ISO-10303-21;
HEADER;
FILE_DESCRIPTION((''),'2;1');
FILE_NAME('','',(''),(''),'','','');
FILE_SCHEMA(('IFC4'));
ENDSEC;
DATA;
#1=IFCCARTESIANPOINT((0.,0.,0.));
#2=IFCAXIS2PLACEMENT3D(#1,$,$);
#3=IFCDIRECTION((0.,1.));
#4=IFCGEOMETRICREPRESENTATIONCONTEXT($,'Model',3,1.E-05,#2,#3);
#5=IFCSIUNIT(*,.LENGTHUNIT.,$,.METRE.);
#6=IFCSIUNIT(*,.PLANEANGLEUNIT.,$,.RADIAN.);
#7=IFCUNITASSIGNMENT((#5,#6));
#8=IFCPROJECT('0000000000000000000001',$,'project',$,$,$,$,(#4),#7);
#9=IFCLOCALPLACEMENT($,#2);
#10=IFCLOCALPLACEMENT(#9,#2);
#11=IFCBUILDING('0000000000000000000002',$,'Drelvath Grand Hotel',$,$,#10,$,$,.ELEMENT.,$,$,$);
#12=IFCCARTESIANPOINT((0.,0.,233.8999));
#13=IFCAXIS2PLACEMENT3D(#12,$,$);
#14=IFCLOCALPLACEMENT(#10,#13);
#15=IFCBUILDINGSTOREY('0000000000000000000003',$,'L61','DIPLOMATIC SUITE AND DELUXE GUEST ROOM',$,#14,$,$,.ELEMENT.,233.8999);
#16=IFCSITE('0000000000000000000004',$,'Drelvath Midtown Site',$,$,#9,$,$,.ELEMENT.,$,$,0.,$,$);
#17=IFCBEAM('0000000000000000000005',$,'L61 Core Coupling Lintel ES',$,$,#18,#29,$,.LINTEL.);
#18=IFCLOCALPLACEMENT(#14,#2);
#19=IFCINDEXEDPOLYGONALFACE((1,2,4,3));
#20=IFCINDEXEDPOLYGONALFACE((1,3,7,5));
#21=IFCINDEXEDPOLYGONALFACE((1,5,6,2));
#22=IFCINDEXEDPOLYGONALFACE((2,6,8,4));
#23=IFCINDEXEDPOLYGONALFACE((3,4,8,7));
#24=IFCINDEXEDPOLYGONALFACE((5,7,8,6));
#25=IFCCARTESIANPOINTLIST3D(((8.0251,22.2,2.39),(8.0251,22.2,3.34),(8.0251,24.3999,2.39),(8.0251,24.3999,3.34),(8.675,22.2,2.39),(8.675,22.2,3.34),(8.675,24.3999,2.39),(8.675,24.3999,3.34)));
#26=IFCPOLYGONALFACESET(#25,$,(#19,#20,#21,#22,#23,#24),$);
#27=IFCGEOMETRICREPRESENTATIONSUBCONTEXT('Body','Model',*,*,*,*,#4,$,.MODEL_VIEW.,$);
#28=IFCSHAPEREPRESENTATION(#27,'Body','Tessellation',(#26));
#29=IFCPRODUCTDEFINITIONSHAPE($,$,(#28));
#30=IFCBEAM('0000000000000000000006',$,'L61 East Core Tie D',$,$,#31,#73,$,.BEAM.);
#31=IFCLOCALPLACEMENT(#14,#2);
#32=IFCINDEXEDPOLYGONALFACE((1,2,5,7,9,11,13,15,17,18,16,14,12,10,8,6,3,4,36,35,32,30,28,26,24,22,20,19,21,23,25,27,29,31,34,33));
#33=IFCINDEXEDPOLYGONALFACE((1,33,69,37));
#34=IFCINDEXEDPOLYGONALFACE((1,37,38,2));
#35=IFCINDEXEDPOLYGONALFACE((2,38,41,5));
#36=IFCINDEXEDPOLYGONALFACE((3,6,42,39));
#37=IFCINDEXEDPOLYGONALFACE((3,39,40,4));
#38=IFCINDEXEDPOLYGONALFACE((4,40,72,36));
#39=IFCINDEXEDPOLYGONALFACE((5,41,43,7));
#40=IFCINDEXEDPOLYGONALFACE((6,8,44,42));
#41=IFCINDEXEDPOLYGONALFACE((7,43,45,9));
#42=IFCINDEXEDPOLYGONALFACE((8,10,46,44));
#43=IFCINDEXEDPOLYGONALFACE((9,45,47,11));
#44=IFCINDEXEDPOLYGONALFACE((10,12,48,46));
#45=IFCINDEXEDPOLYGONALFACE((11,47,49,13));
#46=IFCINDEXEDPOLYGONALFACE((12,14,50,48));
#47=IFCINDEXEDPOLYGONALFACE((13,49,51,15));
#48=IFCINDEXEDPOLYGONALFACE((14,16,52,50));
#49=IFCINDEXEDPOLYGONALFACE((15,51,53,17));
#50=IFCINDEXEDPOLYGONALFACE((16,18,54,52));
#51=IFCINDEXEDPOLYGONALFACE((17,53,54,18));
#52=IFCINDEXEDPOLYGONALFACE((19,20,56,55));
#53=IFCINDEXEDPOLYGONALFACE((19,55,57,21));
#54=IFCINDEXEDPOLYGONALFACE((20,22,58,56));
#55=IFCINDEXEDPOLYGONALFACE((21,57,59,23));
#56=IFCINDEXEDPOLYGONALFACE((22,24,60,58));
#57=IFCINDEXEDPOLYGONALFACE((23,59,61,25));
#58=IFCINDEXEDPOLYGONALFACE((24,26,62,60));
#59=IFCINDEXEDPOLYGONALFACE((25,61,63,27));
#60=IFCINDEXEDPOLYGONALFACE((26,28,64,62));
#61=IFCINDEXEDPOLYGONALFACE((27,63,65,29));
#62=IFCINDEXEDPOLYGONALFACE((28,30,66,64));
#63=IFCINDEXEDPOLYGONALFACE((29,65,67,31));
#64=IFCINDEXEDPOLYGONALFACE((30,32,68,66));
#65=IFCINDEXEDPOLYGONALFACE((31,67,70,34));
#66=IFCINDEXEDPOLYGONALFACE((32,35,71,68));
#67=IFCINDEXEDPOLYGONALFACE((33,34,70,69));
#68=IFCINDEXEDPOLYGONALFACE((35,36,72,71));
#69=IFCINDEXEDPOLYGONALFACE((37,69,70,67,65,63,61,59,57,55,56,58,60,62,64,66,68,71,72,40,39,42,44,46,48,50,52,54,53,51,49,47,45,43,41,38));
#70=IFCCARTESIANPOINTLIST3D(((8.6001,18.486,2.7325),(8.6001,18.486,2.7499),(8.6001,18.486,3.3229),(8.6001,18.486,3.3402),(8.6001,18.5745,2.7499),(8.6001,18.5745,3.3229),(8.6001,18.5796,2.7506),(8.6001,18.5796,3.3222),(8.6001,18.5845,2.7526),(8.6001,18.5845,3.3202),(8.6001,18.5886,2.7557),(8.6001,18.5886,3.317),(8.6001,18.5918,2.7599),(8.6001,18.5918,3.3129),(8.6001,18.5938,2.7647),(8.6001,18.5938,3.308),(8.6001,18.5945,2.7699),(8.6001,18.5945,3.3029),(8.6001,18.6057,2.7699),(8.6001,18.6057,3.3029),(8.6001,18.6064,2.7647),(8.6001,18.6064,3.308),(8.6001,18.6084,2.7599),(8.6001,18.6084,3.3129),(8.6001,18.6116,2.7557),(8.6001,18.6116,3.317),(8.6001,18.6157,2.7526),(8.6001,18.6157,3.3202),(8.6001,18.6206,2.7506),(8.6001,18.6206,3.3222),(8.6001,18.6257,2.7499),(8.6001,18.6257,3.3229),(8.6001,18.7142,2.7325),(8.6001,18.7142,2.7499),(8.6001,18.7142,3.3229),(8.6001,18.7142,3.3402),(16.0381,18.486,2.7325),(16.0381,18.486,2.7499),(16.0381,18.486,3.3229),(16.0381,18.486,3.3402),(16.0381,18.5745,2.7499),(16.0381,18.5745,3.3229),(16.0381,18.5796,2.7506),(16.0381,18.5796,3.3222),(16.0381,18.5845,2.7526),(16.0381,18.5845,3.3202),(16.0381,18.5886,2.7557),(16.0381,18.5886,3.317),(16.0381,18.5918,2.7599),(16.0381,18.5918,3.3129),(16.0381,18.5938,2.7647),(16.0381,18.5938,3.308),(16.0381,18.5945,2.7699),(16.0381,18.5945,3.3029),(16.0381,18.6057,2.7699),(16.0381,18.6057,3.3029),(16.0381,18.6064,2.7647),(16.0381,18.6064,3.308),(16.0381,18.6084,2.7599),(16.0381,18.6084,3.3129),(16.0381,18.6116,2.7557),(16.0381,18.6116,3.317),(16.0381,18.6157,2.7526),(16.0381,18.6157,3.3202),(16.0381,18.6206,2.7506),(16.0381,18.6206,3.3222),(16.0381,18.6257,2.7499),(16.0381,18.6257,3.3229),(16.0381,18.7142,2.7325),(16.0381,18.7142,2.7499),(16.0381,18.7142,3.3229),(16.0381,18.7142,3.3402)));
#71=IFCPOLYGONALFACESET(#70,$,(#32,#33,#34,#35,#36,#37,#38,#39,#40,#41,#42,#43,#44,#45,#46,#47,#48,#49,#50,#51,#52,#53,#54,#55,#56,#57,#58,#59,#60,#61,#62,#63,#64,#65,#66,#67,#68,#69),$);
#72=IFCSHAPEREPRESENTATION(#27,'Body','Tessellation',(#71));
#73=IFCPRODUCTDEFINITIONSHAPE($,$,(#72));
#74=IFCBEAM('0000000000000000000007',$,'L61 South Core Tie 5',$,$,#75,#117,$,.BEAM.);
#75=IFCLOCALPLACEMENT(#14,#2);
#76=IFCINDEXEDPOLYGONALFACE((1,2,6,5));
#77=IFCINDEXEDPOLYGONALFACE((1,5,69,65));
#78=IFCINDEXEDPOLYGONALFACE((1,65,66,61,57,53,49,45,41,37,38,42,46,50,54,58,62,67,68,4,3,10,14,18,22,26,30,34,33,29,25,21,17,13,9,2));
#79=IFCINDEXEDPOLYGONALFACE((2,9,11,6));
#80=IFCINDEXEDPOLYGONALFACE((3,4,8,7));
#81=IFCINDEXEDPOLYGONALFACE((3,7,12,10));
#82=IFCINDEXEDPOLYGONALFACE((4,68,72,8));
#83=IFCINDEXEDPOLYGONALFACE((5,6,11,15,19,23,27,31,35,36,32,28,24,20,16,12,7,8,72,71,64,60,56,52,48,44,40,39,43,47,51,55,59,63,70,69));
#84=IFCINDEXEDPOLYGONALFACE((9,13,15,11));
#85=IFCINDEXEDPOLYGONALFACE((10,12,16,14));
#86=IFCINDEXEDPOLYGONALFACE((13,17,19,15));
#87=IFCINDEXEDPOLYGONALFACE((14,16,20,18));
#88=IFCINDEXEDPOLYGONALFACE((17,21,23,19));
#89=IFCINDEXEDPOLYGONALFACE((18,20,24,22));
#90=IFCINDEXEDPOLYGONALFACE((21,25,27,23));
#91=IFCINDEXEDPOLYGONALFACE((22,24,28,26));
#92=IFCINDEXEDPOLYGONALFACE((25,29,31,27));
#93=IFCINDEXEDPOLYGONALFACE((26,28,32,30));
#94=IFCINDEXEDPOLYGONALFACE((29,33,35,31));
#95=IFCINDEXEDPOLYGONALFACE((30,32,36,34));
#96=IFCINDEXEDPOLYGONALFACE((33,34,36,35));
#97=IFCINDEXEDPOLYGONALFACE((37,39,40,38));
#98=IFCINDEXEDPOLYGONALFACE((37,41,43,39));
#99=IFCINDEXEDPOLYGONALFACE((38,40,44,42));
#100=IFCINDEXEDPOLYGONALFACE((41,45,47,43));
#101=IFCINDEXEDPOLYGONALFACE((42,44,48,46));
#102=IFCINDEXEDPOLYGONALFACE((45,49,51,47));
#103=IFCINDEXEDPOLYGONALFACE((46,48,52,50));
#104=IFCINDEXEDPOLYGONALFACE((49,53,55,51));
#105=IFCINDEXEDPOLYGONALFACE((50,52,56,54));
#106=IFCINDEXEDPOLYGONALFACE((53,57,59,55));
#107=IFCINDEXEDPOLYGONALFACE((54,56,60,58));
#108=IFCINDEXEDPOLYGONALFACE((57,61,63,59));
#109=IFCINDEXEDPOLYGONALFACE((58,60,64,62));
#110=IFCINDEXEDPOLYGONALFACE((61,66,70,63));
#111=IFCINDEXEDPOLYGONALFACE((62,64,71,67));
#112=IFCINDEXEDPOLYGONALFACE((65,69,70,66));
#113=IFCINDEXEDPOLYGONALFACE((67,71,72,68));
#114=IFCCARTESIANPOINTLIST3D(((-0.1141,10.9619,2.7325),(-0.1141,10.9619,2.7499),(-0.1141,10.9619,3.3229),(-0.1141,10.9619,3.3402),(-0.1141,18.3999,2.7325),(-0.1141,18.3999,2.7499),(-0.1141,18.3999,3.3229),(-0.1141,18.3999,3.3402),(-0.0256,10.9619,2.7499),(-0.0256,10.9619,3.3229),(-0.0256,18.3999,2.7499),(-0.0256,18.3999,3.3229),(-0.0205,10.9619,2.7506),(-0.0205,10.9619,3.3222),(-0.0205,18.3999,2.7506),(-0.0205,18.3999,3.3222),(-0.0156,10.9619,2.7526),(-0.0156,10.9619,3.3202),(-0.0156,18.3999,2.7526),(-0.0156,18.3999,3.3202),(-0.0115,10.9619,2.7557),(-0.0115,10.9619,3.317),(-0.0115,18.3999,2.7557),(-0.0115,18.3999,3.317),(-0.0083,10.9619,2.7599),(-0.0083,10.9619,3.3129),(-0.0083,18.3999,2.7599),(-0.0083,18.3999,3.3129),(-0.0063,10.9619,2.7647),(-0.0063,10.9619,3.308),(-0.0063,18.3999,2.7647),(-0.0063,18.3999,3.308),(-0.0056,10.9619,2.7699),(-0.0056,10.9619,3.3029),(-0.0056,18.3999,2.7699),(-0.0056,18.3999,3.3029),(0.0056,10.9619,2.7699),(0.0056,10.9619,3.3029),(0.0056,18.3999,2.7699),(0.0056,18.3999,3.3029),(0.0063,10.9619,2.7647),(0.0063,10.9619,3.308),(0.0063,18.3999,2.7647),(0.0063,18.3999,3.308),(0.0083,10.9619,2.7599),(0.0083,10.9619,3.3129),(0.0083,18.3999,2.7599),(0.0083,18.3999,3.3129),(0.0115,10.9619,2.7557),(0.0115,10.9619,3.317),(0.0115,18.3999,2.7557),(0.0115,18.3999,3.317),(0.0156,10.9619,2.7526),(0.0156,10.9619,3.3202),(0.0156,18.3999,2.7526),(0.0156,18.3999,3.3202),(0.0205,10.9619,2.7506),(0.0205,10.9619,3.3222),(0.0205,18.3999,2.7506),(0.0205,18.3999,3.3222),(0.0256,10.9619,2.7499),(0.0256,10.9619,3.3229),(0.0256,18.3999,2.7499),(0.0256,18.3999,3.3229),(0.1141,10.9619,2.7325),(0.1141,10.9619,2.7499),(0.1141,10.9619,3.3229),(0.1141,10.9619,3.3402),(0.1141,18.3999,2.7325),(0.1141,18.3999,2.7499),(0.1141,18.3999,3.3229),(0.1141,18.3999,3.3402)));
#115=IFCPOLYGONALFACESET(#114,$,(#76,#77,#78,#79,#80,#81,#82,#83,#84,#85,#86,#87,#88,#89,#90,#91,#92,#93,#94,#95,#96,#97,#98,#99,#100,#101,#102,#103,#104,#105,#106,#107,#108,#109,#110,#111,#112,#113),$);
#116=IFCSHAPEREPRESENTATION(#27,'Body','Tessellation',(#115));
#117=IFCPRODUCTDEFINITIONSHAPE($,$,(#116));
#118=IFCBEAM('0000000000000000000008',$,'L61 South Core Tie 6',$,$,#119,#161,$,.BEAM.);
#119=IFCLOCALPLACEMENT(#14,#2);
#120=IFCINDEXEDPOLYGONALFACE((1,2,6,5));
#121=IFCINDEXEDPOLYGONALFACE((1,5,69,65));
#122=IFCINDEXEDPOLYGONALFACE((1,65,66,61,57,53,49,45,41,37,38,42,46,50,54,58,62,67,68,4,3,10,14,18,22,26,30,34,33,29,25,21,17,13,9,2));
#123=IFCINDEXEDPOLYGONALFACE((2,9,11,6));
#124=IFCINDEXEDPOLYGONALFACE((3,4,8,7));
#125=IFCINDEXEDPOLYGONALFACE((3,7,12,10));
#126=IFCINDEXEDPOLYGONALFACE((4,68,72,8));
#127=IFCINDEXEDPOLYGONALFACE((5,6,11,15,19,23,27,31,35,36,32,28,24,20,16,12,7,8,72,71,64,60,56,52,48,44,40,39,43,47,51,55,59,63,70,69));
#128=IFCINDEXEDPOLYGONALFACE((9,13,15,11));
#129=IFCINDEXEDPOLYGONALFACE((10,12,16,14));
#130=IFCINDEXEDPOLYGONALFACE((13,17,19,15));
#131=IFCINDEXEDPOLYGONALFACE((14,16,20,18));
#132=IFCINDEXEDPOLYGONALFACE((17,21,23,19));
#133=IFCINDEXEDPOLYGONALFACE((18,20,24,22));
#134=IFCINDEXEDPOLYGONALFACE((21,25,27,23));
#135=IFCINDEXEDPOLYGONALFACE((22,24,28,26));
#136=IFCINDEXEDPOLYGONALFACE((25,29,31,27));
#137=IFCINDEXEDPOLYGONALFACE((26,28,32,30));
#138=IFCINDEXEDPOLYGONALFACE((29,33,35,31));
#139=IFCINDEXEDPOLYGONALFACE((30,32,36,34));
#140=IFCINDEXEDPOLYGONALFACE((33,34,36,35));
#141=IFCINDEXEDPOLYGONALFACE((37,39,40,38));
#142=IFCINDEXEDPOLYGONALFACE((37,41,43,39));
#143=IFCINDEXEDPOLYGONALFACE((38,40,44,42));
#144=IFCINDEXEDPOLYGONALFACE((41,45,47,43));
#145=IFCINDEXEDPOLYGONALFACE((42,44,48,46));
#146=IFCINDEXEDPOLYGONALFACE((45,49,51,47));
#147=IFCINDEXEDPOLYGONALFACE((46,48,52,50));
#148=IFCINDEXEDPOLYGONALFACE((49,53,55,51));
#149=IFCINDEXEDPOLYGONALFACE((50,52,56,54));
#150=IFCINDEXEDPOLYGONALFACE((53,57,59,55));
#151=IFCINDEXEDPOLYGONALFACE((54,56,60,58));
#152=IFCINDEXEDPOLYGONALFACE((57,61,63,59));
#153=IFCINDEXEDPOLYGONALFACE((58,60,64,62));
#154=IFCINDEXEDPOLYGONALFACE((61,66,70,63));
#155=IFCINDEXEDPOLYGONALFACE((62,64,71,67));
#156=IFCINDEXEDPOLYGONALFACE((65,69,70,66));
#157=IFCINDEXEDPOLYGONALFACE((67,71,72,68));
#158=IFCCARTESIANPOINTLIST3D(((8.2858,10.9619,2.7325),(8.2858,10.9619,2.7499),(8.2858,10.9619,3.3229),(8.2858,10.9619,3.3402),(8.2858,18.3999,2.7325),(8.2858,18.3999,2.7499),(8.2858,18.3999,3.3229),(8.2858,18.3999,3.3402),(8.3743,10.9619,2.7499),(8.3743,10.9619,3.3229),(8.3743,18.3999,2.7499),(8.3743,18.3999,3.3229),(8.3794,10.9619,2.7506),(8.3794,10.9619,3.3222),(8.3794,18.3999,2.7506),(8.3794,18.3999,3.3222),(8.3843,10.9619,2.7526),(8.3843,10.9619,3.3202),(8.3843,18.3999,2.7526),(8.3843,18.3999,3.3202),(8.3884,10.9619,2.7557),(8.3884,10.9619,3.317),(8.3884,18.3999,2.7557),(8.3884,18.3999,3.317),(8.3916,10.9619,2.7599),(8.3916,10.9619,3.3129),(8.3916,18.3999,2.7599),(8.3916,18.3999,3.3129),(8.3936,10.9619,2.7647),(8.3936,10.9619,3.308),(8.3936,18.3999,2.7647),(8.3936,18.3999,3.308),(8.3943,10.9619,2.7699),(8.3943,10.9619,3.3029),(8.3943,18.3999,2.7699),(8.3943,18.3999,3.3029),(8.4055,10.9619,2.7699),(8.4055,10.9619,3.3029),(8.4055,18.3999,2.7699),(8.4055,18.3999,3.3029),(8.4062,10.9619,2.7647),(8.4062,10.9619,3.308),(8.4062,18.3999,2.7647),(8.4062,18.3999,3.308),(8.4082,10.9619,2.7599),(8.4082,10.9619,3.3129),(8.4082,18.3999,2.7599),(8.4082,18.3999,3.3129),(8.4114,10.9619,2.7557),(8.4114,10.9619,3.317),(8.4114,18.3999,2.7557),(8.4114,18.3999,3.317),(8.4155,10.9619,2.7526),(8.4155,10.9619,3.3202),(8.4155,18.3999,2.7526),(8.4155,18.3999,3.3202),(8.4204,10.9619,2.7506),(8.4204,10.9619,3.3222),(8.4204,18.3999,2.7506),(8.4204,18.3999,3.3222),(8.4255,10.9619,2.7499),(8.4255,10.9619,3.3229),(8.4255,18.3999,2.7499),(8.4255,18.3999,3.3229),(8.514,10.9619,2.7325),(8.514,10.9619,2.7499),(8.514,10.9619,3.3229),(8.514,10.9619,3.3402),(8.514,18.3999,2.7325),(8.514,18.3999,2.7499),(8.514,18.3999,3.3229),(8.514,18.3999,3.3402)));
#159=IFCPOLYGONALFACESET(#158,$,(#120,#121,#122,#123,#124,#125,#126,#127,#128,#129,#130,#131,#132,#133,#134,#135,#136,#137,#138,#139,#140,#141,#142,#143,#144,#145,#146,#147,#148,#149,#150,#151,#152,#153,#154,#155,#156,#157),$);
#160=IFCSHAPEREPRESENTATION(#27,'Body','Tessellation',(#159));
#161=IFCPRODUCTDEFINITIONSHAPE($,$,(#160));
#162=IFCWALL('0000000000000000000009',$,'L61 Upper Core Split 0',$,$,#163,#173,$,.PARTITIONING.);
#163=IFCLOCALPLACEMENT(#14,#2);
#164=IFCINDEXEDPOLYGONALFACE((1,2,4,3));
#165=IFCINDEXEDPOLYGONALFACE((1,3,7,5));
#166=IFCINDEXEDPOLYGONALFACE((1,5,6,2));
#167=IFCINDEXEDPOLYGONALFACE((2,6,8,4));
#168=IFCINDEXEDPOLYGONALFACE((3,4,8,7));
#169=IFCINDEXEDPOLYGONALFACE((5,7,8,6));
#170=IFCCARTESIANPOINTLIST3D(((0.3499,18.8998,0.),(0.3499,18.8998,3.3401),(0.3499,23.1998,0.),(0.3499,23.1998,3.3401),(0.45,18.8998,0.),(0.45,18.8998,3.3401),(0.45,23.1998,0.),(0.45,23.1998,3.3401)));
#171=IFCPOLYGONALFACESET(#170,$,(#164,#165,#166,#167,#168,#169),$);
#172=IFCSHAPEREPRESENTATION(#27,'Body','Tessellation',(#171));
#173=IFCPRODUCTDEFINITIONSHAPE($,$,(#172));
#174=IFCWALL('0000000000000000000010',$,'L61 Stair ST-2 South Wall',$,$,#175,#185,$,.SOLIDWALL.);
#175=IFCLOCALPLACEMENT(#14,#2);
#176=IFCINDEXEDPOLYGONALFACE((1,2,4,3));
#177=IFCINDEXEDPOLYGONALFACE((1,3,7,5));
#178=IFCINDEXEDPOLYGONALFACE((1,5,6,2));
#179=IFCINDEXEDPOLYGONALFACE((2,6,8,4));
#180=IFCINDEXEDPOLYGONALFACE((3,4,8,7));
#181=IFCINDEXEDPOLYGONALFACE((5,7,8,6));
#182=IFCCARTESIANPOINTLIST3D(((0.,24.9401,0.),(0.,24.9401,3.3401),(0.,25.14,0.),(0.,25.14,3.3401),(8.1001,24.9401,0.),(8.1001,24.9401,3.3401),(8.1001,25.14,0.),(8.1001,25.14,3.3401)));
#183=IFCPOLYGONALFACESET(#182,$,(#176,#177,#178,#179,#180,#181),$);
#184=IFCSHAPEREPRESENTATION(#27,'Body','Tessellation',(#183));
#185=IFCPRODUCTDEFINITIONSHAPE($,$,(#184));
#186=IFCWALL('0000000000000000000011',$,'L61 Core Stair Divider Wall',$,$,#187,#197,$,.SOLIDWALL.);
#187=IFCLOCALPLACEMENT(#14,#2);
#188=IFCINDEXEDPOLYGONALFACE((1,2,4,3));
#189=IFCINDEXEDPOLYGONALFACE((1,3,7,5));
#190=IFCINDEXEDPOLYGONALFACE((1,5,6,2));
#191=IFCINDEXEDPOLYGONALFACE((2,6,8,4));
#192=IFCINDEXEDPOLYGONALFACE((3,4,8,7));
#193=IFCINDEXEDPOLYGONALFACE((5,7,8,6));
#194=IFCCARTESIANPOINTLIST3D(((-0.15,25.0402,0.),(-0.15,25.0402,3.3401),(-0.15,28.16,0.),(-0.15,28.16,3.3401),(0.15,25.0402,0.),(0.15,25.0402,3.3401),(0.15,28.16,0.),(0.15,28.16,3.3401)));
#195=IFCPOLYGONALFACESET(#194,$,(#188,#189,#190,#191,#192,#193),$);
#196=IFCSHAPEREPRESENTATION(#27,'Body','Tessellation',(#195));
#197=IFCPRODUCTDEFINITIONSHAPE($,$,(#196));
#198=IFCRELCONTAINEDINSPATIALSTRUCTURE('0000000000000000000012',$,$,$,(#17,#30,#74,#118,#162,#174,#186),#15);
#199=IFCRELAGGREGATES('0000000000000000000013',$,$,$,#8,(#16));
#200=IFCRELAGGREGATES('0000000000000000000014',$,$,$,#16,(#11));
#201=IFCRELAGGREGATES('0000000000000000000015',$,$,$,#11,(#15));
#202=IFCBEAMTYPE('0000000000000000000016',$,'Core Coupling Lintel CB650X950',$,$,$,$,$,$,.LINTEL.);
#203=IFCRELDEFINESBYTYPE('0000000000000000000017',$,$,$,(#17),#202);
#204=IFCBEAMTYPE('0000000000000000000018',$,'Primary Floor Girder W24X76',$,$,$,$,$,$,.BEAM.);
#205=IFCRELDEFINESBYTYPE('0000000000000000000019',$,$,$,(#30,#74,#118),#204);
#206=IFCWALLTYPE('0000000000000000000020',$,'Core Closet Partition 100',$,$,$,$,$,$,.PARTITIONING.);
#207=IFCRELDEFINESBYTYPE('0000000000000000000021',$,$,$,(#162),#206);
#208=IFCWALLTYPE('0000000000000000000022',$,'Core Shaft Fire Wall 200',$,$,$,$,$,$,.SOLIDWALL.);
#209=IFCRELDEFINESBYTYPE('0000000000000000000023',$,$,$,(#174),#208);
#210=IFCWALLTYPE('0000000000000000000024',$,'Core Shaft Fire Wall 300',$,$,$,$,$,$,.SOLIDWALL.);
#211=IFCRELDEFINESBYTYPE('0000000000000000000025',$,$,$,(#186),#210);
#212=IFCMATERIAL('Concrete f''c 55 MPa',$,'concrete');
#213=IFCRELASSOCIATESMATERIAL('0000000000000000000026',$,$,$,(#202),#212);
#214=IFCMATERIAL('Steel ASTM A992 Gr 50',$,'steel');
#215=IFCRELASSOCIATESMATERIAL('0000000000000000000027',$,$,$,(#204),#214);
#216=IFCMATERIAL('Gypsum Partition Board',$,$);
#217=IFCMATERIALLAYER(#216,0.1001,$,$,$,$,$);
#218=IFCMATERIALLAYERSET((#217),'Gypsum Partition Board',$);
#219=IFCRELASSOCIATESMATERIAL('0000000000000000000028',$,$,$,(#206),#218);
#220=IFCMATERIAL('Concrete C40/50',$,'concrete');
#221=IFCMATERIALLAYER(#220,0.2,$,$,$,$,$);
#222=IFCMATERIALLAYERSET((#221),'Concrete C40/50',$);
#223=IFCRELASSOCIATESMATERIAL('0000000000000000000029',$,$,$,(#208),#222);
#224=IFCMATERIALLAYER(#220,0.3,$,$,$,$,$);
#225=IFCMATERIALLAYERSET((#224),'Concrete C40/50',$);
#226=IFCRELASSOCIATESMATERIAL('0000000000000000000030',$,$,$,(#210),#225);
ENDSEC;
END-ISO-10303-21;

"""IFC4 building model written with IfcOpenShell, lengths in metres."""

from ifc_helpers import new_model, si_unit, direction, frame, frame_2d, origin, origin_2d, place, context, subcontext, project, spatial, rectangle, i_section, extrude, material, layer, layer_set, material_profile, profile_set, type_object, element, save


model = new_model("IFC4")

# Units and contexts
model_context = context("Model", 3, precision=1e-05, world=origin(), true_north=direction((0.0, 1.0)))
body_context = subcontext(model_context, "Body", "Model", "MODEL_VIEW")
ifc_project = project(units=[si_unit("LENGTHUNIT", "METRE"), si_unit("PLANEANGLEUNIT", "RADIAN")], contexts=[model_context])

# Site, building, storey
site_placement = place(None, origin())
site = spatial("IfcSite", under=ifc_project, at=site_placement, Name="Drelvath Midtown Site", CompositionType="ELEMENT", RefElevation=0.0)
building_placement = place(site_placement, origin())
building = spatial("IfcBuilding", under=site, at=building_placement, Name="Drelvath Grand Hotel", CompositionType="ELEMENT")
storey_placement = place(building_placement, frame((0.0, 0.0, 233.8999)))
storey = spatial("IfcBuildingStorey", under=building, at=storey_placement, Name="L61", Description="DIPLOMATIC SUITE AND DELUXE GUEST ROOM", CompositionType="ELEMENT", Elevation=233.8999)

# Beams
ifc_material_1 = material(Name="Concrete f'c 55 MPa", Category="concrete")
ifc_material_profile_1 = material_profile(ifc_material_1, rectangle(XDim=0.6499, YDim=0.95, at=origin_2d()), Name="CB650X950")
ifc_profile_set_1 = profile_set([ifc_material_profile_1], Name="Concrete f'c 55 MPa")
beam_type_1 = type_object("IfcBeamType", Name="Core Coupling Lintel CB650X950", PredefinedType="LINTEL", material=ifc_profile_set_1)
beam_placement = place(storey_placement, frame((8.3501, 22.2, 2.865), z_axis=(0.0, 1.0, 0.0), x_axis=(-1.0, 0.0, 0.0)))
element("IfcBeam", 1, at=beam_placement, inside=storey, type_object=beam_type_1, Name="L61 Core Coupling Lintel ES", PredefinedType="LINTEL", context=body_context, shape_type="SweptSolid", body=[
    extrude(rectangle(XDim=0.6499, YDim=0.95, at=origin_2d()), origin(), (0.0, 0.0, 1.0), 2.2),
])
ifc_material_2 = material(Name="Steel ASTM A992 Gr 50", Category="steel")
ifc_material_profile_2 = material_profile(ifc_material_2, i_section(OverallWidth=0.2283, OverallDepth=0.6077, WebThickness=0.0112, FlangeThickness=0.0173, FilletRadius=0.02, at=origin_2d()), Name="W24X76")
ifc_profile_set_2 = profile_set([ifc_material_profile_2], Name="Steel ASTM A992 Gr 50")
beam_type_2 = type_object("IfcBeamType", Name="Primary Floor Girder W24X76", PredefinedType="BEAM", material=ifc_profile_set_2)
for number, where, z_axis, x_axis, name in (
    (2, (8.6001, 18.6001, 3.0364), (1.0, 0.0, 0.0), (0.0, 1.0, 0.0), "L61 East Core Tie D"),
    (3, (0.0, 10.9619, 3.0364), (0.0, 1.0, 0.0), (-1.0, 0.0, 0.0), "L61 South Core Tie 5"),
    (4, (8.3999, 10.9619, 3.0364), (0.0, 1.0, 0.0), (-1.0, 0.0, 0.0), "L61 South Core Tie 6"),
):
    element("IfcBeam", number, at=place(storey_placement, frame(where, z_axis=z_axis, x_axis=x_axis)), inside=storey, type_object=beam_type_2, Name=name, PredefinedType="BEAM", context=body_context, shape_type="SweptSolid", body=[
        extrude(i_section(OverallWidth=0.2283, OverallDepth=0.6077, WebThickness=0.0112, FlangeThickness=0.0173, FilletRadius=0.02, at=origin_2d()), origin(), (0.0, 0.0, 1.0), 7.438),
    ])

# Walls
ifc_material_3 = material(Name="Gypsum Partition Board")
ifc_layer_1 = layer(ifc_material_3, 0.1001)
ifc_layer_set_1 = layer_set([ifc_layer_1], Name="Gypsum Partition Board")
wall_type_1 = type_object("IfcWallType", Name="Core Closet Partition 100", PredefinedType="PARTITIONING", material=ifc_layer_set_1)
wall_1_placement = place(storey_placement, frame((0.3999, 18.8999, 0.0), z_axis=(0.0, 0.0, 1.0), x_axis=(0.0, 1.0, 0.0)))
element("IfcWall", 5, at=wall_1_placement, inside=storey, type_object=wall_type_1, Name="L61 Upper Core Split 0", PredefinedType="PARTITIONING", context=body_context, shape_type="SweptSolid", body=[
    extrude(rectangle(XDim=4.3, YDim=0.1001, at=frame_2d((2.1499, 0.0))), origin(), (0.0, 0.0, 1.0), 3.3401),
])
ifc_material_4 = material(Name="Concrete C40/50", Category="concrete")
ifc_layer_2 = layer(ifc_material_4, 0.2)
ifc_layer_set_2 = layer_set([ifc_layer_2], Name="Concrete C40/50")
wall_type_2 = type_object("IfcWallType", Name="Core Shaft Fire Wall 200", PredefinedType="SOLIDWALL", material=ifc_layer_set_2)
wall_2_placement = place(storey_placement, frame((0.0, 25.04, 0.0), z_axis=(0.0, 0.0, 1.0), x_axis=(1.0, 0.0, 0.0)))
element("IfcWall", 6, at=wall_2_placement, inside=storey, type_object=wall_type_2, Name="L61 Stair ST-2 South Wall", PredefinedType="SOLIDWALL", context=body_context, shape_type="SweptSolid", body=[
    extrude(rectangle(XDim=8.1001, YDim=0.2, at=frame_2d((4.05, 0.0))), origin(), (0.0, 0.0, 1.0), 3.3401),
])
ifc_layer_3 = layer(ifc_material_4, 0.3)
ifc_layer_set_3 = layer_set([ifc_layer_3], Name="Concrete C40/50")
wall_type_3 = type_object("IfcWallType", Name="Core Shaft Fire Wall 300", PredefinedType="SOLIDWALL", material=ifc_layer_set_3)
wall_3_placement = place(storey_placement, frame((0.0, 25.04, 0.0), z_axis=(0.0, 0.0, 1.0), x_axis=(0.0, 1.0, 0.0)))
element("IfcWall", 7, at=wall_3_placement, inside=storey, type_object=wall_type_3, Name="L61 Core Stair Divider Wall", PredefinedType="SOLIDWALL", context=body_context, shape_type="SweptSolid", body=[
    extrude(rectangle(XDim=3.1199, YDim=0.3, at=frame_2d((1.5601, 0.0))), origin(), (0.0, 0.0, 1.0), 3.3401),
])

save(model, "model.ifc")
